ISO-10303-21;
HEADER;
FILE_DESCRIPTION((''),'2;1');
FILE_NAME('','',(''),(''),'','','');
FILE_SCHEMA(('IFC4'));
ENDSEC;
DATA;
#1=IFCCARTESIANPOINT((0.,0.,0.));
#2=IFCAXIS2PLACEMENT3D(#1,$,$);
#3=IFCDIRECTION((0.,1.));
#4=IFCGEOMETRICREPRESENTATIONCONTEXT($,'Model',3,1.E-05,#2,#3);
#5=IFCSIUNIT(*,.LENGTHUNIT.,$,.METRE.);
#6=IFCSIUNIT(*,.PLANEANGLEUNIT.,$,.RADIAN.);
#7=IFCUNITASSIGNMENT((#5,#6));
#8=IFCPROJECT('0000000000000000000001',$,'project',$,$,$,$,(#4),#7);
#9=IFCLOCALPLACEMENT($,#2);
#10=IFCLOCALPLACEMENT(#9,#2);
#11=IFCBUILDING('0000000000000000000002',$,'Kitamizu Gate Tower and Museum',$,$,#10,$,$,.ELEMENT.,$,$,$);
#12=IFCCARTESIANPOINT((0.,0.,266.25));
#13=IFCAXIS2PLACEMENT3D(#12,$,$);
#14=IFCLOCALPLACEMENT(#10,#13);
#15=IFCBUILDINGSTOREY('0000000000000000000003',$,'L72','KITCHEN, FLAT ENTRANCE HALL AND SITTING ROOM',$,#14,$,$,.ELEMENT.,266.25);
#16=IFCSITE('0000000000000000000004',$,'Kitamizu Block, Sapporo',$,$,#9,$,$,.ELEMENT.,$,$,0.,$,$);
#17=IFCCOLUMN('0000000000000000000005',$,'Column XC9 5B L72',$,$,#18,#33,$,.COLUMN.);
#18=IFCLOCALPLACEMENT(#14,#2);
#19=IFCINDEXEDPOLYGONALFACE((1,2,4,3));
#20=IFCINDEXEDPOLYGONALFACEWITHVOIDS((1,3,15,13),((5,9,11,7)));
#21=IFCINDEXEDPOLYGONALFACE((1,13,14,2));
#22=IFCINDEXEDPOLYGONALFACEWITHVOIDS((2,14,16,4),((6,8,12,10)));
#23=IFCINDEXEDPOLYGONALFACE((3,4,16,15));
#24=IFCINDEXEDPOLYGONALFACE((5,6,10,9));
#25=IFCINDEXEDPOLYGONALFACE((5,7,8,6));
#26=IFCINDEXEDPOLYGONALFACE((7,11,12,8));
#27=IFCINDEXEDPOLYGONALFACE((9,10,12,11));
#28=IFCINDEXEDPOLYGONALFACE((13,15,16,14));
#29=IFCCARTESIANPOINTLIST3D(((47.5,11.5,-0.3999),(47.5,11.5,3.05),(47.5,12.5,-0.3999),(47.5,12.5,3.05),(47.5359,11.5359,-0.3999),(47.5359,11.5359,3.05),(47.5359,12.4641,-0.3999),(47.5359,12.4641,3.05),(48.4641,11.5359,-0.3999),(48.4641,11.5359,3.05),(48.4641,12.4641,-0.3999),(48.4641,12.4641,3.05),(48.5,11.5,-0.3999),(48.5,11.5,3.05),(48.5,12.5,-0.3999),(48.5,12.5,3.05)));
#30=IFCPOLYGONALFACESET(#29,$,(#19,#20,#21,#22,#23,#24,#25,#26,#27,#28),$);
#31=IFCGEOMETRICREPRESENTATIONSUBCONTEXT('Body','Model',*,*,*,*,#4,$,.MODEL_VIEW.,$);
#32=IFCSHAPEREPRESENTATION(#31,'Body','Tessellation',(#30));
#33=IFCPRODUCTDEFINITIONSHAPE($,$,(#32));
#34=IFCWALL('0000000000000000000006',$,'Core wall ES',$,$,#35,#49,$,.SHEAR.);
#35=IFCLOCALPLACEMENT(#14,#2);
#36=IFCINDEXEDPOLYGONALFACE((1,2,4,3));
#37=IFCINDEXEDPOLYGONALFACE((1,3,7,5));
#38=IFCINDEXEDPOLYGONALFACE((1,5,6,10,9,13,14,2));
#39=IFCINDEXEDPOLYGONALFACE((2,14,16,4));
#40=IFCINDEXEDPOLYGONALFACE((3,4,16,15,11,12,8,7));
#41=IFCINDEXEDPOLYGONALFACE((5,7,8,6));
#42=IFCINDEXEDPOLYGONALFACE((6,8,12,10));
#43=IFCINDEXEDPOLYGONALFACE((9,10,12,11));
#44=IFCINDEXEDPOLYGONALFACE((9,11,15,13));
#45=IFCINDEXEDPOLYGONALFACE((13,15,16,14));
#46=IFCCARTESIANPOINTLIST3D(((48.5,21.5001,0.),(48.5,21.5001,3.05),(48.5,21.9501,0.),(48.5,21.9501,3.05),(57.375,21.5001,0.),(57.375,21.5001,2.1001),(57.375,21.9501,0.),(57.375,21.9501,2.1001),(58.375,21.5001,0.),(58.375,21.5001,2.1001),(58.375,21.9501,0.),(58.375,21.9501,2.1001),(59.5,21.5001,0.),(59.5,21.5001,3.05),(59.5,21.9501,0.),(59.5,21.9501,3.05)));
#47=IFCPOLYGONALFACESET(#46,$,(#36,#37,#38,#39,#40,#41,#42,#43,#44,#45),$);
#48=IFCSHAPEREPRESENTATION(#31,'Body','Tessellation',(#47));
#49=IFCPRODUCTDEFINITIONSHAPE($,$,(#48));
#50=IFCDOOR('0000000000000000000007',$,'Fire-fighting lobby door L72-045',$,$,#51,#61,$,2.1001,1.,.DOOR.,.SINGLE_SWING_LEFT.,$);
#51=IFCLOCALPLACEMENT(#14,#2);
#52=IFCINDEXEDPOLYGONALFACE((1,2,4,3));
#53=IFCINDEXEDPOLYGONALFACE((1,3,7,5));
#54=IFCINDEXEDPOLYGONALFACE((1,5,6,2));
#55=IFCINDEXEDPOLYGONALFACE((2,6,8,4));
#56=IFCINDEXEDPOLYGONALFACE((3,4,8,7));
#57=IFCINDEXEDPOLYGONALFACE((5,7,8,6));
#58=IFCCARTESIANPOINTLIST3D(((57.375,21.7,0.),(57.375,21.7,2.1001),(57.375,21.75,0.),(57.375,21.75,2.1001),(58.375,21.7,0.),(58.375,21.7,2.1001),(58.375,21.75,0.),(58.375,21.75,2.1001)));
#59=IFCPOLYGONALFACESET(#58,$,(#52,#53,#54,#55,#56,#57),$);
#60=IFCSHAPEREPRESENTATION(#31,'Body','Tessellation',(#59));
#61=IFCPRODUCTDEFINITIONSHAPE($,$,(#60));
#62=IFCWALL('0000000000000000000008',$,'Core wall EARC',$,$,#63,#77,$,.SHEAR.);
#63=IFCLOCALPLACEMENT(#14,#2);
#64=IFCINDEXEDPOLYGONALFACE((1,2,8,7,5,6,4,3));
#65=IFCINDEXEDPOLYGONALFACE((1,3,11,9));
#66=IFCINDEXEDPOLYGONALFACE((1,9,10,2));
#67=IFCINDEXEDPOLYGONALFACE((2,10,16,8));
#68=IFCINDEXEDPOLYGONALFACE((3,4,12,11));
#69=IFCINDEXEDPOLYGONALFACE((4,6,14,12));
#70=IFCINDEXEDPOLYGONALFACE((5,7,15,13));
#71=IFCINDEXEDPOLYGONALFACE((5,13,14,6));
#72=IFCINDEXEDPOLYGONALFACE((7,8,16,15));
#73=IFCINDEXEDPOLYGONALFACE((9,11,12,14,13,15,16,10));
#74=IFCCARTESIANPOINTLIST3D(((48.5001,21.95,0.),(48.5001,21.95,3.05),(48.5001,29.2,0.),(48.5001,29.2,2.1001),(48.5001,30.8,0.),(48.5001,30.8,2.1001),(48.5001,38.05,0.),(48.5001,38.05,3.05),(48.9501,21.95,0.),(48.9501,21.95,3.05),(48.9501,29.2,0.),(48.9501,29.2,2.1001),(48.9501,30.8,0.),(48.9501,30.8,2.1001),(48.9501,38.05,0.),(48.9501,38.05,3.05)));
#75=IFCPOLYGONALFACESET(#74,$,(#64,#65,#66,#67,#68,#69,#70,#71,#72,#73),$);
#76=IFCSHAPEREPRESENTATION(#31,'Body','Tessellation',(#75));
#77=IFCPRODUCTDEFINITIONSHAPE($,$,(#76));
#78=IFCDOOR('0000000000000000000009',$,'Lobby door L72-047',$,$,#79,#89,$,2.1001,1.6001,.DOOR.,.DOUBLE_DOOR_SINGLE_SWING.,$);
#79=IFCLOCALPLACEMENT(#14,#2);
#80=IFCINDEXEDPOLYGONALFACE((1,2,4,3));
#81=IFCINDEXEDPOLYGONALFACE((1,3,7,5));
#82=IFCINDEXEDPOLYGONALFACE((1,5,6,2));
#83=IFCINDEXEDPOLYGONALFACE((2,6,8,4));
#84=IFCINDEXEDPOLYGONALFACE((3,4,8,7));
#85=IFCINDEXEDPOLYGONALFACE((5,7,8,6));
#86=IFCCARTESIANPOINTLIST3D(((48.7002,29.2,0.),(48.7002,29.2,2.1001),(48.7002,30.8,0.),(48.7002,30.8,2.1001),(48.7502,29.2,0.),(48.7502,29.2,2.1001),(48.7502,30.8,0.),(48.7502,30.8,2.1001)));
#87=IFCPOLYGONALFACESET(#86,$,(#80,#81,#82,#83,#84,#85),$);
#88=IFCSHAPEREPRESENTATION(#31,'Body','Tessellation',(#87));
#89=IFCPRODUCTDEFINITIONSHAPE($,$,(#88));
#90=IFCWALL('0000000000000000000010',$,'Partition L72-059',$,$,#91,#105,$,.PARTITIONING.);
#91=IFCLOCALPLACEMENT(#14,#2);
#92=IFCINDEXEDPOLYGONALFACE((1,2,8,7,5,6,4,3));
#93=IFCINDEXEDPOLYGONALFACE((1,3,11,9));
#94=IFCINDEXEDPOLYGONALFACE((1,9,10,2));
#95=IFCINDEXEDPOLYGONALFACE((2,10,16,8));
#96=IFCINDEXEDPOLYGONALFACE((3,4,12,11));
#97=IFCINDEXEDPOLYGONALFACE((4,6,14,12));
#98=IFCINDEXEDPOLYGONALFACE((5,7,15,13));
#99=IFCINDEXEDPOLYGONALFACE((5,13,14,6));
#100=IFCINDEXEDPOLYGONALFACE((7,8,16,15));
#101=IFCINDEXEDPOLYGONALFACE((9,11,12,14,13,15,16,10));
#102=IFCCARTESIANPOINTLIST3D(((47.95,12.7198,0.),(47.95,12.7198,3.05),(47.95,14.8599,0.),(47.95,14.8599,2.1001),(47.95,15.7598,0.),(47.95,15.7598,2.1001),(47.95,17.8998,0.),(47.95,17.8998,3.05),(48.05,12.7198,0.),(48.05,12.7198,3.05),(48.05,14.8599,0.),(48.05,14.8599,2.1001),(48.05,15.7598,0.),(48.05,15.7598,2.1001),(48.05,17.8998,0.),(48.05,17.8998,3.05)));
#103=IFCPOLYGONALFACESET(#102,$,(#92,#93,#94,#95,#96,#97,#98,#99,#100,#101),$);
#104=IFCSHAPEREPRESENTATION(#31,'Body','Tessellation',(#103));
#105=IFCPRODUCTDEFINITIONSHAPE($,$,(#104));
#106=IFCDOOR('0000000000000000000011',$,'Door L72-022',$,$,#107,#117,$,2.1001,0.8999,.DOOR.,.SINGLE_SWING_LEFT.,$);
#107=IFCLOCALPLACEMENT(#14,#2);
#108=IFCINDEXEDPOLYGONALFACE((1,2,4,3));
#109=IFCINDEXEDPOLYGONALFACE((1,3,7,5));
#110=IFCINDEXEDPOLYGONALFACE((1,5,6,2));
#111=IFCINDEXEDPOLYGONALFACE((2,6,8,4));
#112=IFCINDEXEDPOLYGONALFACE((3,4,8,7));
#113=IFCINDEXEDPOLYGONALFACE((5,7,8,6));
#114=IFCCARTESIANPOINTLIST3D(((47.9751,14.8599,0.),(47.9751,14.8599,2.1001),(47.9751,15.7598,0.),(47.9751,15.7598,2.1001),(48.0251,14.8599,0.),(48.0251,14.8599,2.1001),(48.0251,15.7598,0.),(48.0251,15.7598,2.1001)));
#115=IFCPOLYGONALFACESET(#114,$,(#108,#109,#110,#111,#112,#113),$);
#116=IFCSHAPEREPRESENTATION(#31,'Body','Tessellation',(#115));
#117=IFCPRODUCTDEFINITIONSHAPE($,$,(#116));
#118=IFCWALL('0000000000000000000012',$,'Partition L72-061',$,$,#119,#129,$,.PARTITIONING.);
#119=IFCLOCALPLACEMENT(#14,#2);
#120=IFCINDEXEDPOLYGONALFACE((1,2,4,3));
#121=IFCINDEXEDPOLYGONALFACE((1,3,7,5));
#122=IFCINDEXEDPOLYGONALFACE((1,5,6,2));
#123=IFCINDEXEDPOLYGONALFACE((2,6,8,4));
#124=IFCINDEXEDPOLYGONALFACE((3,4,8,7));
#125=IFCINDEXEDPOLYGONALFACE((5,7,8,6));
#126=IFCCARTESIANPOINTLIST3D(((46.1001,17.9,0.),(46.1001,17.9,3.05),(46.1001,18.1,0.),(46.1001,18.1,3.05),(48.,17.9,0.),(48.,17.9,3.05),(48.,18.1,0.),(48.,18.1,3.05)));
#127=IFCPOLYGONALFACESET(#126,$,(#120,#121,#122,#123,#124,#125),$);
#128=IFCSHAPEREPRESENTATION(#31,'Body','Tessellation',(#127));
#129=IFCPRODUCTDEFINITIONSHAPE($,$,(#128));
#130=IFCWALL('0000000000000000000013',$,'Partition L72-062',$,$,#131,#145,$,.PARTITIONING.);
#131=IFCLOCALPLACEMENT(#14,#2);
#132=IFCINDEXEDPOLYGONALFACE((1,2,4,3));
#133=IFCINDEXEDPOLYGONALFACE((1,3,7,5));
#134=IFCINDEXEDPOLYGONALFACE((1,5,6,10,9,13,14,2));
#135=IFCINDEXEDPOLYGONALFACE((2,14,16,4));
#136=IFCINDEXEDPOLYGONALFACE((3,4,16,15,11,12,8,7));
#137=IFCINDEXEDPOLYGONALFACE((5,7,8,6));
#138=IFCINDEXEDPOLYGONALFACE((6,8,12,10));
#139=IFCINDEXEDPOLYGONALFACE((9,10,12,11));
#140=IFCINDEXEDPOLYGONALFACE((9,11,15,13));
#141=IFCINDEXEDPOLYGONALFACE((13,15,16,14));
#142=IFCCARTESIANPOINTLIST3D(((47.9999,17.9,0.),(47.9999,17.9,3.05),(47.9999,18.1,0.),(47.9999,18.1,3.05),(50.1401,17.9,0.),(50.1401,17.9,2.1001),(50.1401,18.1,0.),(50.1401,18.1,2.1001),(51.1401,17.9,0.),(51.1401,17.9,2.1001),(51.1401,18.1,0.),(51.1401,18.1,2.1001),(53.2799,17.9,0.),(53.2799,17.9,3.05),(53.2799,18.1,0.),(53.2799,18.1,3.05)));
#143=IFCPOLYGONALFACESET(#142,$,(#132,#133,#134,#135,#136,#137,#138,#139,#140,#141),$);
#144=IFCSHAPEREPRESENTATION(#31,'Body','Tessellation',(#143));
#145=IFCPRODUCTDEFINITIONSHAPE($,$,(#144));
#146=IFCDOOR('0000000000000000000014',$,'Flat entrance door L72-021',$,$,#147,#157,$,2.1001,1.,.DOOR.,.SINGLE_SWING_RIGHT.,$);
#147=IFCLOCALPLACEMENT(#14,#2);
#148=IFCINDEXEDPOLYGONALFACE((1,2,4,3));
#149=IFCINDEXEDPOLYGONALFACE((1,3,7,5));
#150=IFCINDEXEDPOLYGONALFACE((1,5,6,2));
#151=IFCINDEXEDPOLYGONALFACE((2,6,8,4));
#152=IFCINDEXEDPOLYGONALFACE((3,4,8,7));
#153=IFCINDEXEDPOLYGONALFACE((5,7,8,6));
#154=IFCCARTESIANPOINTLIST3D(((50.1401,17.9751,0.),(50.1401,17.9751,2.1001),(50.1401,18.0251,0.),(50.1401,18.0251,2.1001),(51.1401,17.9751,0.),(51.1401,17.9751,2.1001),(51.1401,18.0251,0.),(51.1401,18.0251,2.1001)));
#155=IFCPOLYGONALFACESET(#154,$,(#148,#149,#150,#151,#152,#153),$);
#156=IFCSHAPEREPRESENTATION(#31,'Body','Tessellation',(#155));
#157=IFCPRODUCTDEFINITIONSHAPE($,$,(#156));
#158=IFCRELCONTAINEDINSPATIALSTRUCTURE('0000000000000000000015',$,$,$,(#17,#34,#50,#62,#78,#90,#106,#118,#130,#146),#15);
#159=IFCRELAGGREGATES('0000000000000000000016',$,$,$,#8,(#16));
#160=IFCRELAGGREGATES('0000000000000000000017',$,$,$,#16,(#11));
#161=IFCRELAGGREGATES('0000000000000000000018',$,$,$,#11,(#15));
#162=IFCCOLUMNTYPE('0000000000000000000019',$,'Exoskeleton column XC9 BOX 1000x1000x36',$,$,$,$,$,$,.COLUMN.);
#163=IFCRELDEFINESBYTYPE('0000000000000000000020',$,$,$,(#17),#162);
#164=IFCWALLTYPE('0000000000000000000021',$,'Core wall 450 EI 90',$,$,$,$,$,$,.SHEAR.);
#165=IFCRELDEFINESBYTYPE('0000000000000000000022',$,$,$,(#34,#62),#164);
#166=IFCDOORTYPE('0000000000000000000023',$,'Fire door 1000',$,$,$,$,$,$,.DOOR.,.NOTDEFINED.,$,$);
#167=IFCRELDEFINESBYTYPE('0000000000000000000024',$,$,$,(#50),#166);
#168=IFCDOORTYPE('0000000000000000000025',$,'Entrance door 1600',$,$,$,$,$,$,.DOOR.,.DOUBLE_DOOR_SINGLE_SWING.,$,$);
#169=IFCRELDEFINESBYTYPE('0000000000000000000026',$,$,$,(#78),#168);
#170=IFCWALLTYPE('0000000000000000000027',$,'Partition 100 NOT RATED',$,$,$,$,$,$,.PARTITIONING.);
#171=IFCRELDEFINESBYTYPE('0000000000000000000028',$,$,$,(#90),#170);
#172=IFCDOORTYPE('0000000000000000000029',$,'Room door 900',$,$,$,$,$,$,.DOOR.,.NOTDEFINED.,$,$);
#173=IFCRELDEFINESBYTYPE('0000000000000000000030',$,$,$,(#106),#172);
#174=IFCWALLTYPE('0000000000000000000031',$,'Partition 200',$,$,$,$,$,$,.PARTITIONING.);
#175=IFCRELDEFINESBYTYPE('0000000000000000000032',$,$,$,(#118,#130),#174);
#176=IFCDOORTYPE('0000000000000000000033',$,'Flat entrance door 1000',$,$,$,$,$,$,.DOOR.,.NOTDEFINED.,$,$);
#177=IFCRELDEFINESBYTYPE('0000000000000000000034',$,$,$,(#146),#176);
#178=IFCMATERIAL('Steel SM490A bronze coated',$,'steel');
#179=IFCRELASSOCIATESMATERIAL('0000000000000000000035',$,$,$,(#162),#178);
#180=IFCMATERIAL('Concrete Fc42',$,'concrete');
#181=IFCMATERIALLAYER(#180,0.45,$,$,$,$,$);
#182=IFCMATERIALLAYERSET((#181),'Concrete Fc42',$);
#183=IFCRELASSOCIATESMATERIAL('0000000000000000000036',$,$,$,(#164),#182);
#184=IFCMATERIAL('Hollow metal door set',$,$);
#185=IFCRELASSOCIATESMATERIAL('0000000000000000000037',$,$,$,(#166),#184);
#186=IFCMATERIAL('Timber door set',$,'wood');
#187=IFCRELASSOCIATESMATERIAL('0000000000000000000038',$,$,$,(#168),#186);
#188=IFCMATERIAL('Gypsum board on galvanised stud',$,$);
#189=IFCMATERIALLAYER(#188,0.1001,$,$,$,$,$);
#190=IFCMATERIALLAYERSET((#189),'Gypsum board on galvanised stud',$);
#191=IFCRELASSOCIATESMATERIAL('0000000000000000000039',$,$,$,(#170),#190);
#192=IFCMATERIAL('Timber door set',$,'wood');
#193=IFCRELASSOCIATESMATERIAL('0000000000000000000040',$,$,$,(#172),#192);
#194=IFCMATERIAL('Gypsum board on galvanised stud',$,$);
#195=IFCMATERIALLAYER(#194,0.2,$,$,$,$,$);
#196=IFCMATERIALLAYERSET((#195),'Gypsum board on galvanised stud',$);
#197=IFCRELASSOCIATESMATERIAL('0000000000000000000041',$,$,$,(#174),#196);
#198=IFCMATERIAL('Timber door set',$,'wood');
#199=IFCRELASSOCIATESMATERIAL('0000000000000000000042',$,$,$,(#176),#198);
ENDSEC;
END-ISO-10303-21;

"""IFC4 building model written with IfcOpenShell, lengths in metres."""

from ifc_helpers import new_model, si_unit, direction, frame, frame_2d, origin, origin_2d, place, context, subcontext, project, spatial, rectangle, hollow_rectangle, extrude, material, layer, layer_set, material_profile, profile_set, type_object, element, fill, save


model = new_model("IFC4")

# Units and contexts
model_context = context("Model", 3, precision=1e-05, world=origin(), true_north=direction((0.0, 1.0)))
body_context = subcontext(model_context, "Body", "Model", "MODEL_VIEW")
ifc_project = project(units=[si_unit("LENGTHUNIT", "METRE"), si_unit("PLANEANGLEUNIT", "RADIAN")], contexts=[model_context])

# Site, building, storey
site_placement = place(None, origin())
site = spatial("IfcSite", under=ifc_project, at=site_placement, Name="Kitamizu Block, Sapporo", CompositionType="ELEMENT", RefElevation=0.0)
building_placement = place(site_placement, origin())
building = spatial("IfcBuilding", under=site, at=building_placement, Name="Kitamizu Gate Tower and Museum", CompositionType="ELEMENT")
storey_placement = place(building_placement, frame((0.0, 0.0, 266.25)))
storey = spatial("IfcBuildingStorey", under=building, at=storey_placement, Name="L72", Description="KITCHEN, FLAT ENTRANCE HALL AND SITTING ROOM", CompositionType="ELEMENT", Elevation=266.25)

# Column
ifc_material_1 = material(Name="Steel SM490A bronze coated", Category="steel")
ifc_material_profile = material_profile(ifc_material_1, hollow_rectangle(XDim=1.0, YDim=1.0, WallThickness=0.0359, at=origin_2d()), Name="BOX 1000x1000x36")
ifc_profile_set = profile_set([ifc_material_profile], Name="Steel SM490A bronze coated")
column_type = type_object("IfcColumnType", Name="Exoskeleton column XC9 BOX 1000x1000x36", PredefinedType="COLUMN", material=ifc_profile_set)
column_placement = place(storey_placement, frame((48.0, 12.0, -0.3999), z_axis=(0.0, 0.0, 1.0), x_axis=(1.0, 0.0, 0.0)))
element("IfcColumn", 1, at=column_placement, inside=storey, type_object=column_type, Name="Column XC9 5B L72", PredefinedType="COLUMN", context=body_context, shape_type="SweptSolid", body=[
    extrude(hollow_rectangle(XDim=1.0, YDim=1.0, WallThickness=0.0359, at=origin_2d()), origin(), (0.0, 0.0, 1.0), 3.45),
])

# Walls, openings, doors
ifc_material_2 = material(Name="Concrete Fc42", Category="concrete")
ifc_layer_1 = layer(ifc_material_2, 0.45)
ifc_layer_set_1 = layer_set([ifc_layer_1], Name="Concrete Fc42")
wall_type_1 = type_object("IfcWallType", Name="Core wall 450 EI 90", PredefinedType="SHEAR", material=ifc_layer_set_1)
wall_1_placement = place(storey_placement, frame((59.5, 21.7251, 0.0), z_axis=(0.0, 0.0, 1.0), x_axis=(-1.0, 0.0, 0.0)))
wall_1 = element("IfcWall", 2, at=wall_1_placement, inside=storey, type_object=wall_type_1, Name="Core wall ES", PredefinedType="SHEAR", context=body_context, shape_type="SweptSolid", body=[
    extrude(rectangle(XDim=11.0, YDim=0.45, at=frame_2d((5.5, 0.0))), origin(), (0.0, 0.0, 1.0), 3.05),
])
opening_1_placement = place(wall_1_placement, frame((1.125, 0.0, 0.0)))
opening_1 = element("IfcOpeningElement", 3, at=opening_1_placement, cuts=wall_1, PredefinedType="OPENING", context=body_context, shape_type="SweptSolid", body=[
    extrude(rectangle(XDim=1.0, YDim=2.1001, at=frame_2d((0.5, 1.05))), frame((0.0, 0.2349, 0.0), z_axis=(0.0, -1.0, 0.0), x_axis=(1.0, 0.0, 0.0)), (0.0, 0.0, 1.0), 0.47),
])
ifc_material_3 = material(Name="Hollow metal door set")
door_type_1 = type_object("IfcDoorType", Name="Fire door 1000", OperationType="NOTDEFINED", PredefinedType="DOOR", material=ifc_material_3)
door_1_placement = place(opening_1_placement, frame((1.0, 0.0, 0.0), x_axis=(-1.0, 0.0, 0.0)))
door_1 = element("IfcDoor", 4, at=door_1_placement, inside=storey, type_object=door_type_1, Name="Fire-fighting lobby door L72-045", OperationType="SINGLE_SWING_LEFT", OverallHeight=2.1001, OverallWidth=1.0, PredefinedType="DOOR", context=body_context, shape_type="SweptSolid", body=[
    extrude(rectangle(XDim=1.0, YDim=2.1001, at=frame_2d((0.5, 1.05))), frame((0.0, 0.0249, 0.0), z_axis=(0.0, -1.0, 0.0), x_axis=(1.0, 0.0, 0.0)), (0.0, 0.0, 1.0), 0.05),
])
fill(opening_1, door_1)
wall_2_placement = place(storey_placement, frame((48.7251, 21.95, 0.0), z_axis=(0.0, 0.0, 1.0), x_axis=(0.0, 1.0, 0.0)))
wall_2 = element("IfcWall", 5, at=wall_2_placement, inside=storey, type_object=wall_type_1, Name="Core wall EARC", PredefinedType="SHEAR", context=body_context, shape_type="SweptSolid", body=[
    extrude(rectangle(XDim=16.1001, YDim=0.45, at=frame_2d((8.05, 0.0))), origin(), (0.0, 0.0, 1.0), 3.05),
])
opening_2_placement = place(wall_2_placement, frame((7.25, 0.0, 0.0)))
opening_2 = element("IfcOpeningElement", 6, at=opening_2_placement, cuts=wall_2, PredefinedType="OPENING", context=body_context, shape_type="SweptSolid", body=[
    extrude(rectangle(XDim=1.6001, YDim=2.1001, at=frame_2d((0.8, 1.05))), frame((0.0, 0.2349, 0.0), z_axis=(0.0, -1.0, 0.0), x_axis=(1.0, 0.0, 0.0)), (0.0, 0.0, 1.0), 0.47),
])
ifc_material_4 = material(Name="Timber door set", Category="wood")
door_type_2 = type_object("IfcDoorType", Name="Entrance door 1600", OperationType="DOUBLE_DOOR_SINGLE_SWING", PredefinedType="DOOR", material=ifc_material_4)
door_2_placement = place(opening_2_placement, origin())
door_2 = element("IfcDoor", 7, at=door_2_placement, inside=storey, type_object=door_type_2, Name="Lobby door L72-047", OperationType="DOUBLE_DOOR_SINGLE_SWING", OverallHeight=2.1001, OverallWidth=1.6001, PredefinedType="DOOR", context=body_context, shape_type="SweptSolid", body=[
    extrude(rectangle(XDim=1.6001, YDim=2.1001, at=frame_2d((0.8, 1.05))), frame((0.0, 0.0249, 0.0), z_axis=(0.0, -1.0, 0.0), x_axis=(1.0, 0.0, 0.0)), (0.0, 0.0, 1.0), 0.05),
])
fill(opening_2, door_2)
ifc_material_5 = material(Name="Gypsum board on galvanised stud")
ifc_layer_2 = layer(ifc_material_5, 0.1001)
ifc_layer_set_2 = layer_set([ifc_layer_2], Name="Gypsum board on galvanised stud")
wall_type_2 = type_object("IfcWallType", Name="Partition 100 NOT RATED", PredefinedType="PARTITIONING", material=ifc_layer_set_2)
wall_3_placement = place(storey_placement, frame((48.0, 12.72, 0.0), z_axis=(0.0, 0.0, 1.0), x_axis=(0.0, 1.0, 0.0)))
wall_3 = element("IfcWall", 8, at=wall_3_placement, inside=storey, type_object=wall_type_2, Name="Partition L72-059", PredefinedType="PARTITIONING", context=body_context, shape_type="SweptSolid", body=[
    extrude(rectangle(XDim=5.1799, YDim=0.1001, at=frame_2d((2.5898, 0.0))), origin(), (0.0, 0.0, 1.0), 3.05),
])
opening_3_placement = place(wall_3_placement, frame((2.1399, 0.0, 0.0)))
opening_3 = element("IfcOpeningElement", 9, at=opening_3_placement, cuts=wall_3, PredefinedType="OPENING", context=body_context, shape_type="SweptSolid", body=[
    extrude(rectangle(XDim=0.8999, YDim=2.1001, at=frame_2d((0.45, 1.05))), frame((0.0, 0.0601, 0.0), z_axis=(0.0, -1.0, 0.0), x_axis=(1.0, 0.0, 0.0)), (0.0, 0.0, 1.0), 0.1201),
])
ifc_material_6 = material(Name="Timber door set", Category="wood")
door_type_3 = type_object("IfcDoorType", Name="Room door 900", OperationType="NOTDEFINED", PredefinedType="DOOR", material=ifc_material_6)
door_3_placement = place(opening_3_placement, origin())
door_3 = element("IfcDoor", 10, at=door_3_placement, inside=storey, type_object=door_type_3, Name="Door L72-022", OperationType="SINGLE_SWING_LEFT", OverallHeight=2.1001, OverallWidth=0.8999, PredefinedType="DOOR", context=body_context, shape_type="SweptSolid", body=[
    extrude(rectangle(XDim=0.8999, YDim=2.1001, at=frame_2d((0.45, 1.05))), frame((0.0, 0.0249, 0.0), z_axis=(0.0, -1.0, 0.0), x_axis=(1.0, 0.0, 0.0)), (0.0, 0.0, 1.0), 0.05),
])
fill(opening_3, door_3)

# Wall
ifc_material_7 = material(Name="Gypsum board on galvanised stud")
ifc_layer_3 = layer(ifc_material_7, 0.2)
ifc_layer_set_3 = layer_set([ifc_layer_3], Name="Gypsum board on galvanised stud")
wall_type_3 = type_object("IfcWallType", Name="Partition 200", PredefinedType="PARTITIONING", material=ifc_layer_set_3)
wall_4_placement = place(storey_placement, frame((48.0, 18.0, 0.0), z_axis=(0.0, 0.0, 1.0), x_axis=(-1.0, 0.0, 0.0)))
element("IfcWall", 11, at=wall_4_placement, inside=storey, type_object=wall_type_3, Name="Partition L72-061", PredefinedType="PARTITIONING", context=body_context, shape_type="SweptSolid", body=[
    extrude(rectangle(XDim=1.8999, YDim=0.2, at=frame_2d((0.95, 0.0))), origin(), (0.0, 0.0, 1.0), 3.05),
])

# Wall, opening, door
wall_5_placement = place(storey_placement, frame((53.28, 18.0, 0.0), z_axis=(0.0, 0.0, 1.0), x_axis=(-1.0, 0.0, 0.0)))
wall_5 = element("IfcWall", 12, at=wall_5_placement, inside=storey, type_object=wall_type_3, Name="Partition L72-062", PredefinedType="PARTITIONING", context=body_context, shape_type="SweptSolid", body=[
    extrude(rectangle(XDim=5.28, YDim=0.2, at=frame_2d((2.6401, 0.0))), origin(), (0.0, 0.0, 1.0), 3.05),
])
opening_4_placement = place(wall_5_placement, frame((2.1399, 0.0, 0.0)))
opening_4 = element("IfcOpeningElement", 13, at=opening_4_placement, cuts=wall_5, PredefinedType="OPENING", context=body_context, shape_type="SweptSolid", body=[
    extrude(rectangle(XDim=1.0, YDim=2.1001, at=frame_2d((0.5, 1.05))), frame((0.0, 0.1099, 0.0), z_axis=(0.0, -1.0, 0.0), x_axis=(1.0, 0.0, 0.0)), (0.0, 0.0, 1.0), 0.22),
])
ifc_material_8 = material(Name="Timber door set", Category="wood")
door_type_4 = type_object("IfcDoorType", Name="Flat entrance door 1000", OperationType="NOTDEFINED", PredefinedType="DOOR", material=ifc_material_8)
door_4_placement = place(opening_4_placement, origin())
door_4 = element("IfcDoor", 14, at=door_4_placement, inside=storey, type_object=door_type_4, Name="Flat entrance door L72-021", OperationType="SINGLE_SWING_RIGHT", OverallHeight=2.1001, OverallWidth=1.0, PredefinedType="DOOR", context=body_context, shape_type="SweptSolid", body=[
    extrude(rectangle(XDim=1.0, YDim=2.1001, at=frame_2d((0.5, 1.05))), frame((0.0, 0.0249, 0.0), z_axis=(0.0, -1.0, 0.0), x_axis=(1.0, 0.0, 0.0)), (0.0, 0.0, 1.0), 0.05),
])
fill(opening_4, door_4)

save(model, "model.ifc")
